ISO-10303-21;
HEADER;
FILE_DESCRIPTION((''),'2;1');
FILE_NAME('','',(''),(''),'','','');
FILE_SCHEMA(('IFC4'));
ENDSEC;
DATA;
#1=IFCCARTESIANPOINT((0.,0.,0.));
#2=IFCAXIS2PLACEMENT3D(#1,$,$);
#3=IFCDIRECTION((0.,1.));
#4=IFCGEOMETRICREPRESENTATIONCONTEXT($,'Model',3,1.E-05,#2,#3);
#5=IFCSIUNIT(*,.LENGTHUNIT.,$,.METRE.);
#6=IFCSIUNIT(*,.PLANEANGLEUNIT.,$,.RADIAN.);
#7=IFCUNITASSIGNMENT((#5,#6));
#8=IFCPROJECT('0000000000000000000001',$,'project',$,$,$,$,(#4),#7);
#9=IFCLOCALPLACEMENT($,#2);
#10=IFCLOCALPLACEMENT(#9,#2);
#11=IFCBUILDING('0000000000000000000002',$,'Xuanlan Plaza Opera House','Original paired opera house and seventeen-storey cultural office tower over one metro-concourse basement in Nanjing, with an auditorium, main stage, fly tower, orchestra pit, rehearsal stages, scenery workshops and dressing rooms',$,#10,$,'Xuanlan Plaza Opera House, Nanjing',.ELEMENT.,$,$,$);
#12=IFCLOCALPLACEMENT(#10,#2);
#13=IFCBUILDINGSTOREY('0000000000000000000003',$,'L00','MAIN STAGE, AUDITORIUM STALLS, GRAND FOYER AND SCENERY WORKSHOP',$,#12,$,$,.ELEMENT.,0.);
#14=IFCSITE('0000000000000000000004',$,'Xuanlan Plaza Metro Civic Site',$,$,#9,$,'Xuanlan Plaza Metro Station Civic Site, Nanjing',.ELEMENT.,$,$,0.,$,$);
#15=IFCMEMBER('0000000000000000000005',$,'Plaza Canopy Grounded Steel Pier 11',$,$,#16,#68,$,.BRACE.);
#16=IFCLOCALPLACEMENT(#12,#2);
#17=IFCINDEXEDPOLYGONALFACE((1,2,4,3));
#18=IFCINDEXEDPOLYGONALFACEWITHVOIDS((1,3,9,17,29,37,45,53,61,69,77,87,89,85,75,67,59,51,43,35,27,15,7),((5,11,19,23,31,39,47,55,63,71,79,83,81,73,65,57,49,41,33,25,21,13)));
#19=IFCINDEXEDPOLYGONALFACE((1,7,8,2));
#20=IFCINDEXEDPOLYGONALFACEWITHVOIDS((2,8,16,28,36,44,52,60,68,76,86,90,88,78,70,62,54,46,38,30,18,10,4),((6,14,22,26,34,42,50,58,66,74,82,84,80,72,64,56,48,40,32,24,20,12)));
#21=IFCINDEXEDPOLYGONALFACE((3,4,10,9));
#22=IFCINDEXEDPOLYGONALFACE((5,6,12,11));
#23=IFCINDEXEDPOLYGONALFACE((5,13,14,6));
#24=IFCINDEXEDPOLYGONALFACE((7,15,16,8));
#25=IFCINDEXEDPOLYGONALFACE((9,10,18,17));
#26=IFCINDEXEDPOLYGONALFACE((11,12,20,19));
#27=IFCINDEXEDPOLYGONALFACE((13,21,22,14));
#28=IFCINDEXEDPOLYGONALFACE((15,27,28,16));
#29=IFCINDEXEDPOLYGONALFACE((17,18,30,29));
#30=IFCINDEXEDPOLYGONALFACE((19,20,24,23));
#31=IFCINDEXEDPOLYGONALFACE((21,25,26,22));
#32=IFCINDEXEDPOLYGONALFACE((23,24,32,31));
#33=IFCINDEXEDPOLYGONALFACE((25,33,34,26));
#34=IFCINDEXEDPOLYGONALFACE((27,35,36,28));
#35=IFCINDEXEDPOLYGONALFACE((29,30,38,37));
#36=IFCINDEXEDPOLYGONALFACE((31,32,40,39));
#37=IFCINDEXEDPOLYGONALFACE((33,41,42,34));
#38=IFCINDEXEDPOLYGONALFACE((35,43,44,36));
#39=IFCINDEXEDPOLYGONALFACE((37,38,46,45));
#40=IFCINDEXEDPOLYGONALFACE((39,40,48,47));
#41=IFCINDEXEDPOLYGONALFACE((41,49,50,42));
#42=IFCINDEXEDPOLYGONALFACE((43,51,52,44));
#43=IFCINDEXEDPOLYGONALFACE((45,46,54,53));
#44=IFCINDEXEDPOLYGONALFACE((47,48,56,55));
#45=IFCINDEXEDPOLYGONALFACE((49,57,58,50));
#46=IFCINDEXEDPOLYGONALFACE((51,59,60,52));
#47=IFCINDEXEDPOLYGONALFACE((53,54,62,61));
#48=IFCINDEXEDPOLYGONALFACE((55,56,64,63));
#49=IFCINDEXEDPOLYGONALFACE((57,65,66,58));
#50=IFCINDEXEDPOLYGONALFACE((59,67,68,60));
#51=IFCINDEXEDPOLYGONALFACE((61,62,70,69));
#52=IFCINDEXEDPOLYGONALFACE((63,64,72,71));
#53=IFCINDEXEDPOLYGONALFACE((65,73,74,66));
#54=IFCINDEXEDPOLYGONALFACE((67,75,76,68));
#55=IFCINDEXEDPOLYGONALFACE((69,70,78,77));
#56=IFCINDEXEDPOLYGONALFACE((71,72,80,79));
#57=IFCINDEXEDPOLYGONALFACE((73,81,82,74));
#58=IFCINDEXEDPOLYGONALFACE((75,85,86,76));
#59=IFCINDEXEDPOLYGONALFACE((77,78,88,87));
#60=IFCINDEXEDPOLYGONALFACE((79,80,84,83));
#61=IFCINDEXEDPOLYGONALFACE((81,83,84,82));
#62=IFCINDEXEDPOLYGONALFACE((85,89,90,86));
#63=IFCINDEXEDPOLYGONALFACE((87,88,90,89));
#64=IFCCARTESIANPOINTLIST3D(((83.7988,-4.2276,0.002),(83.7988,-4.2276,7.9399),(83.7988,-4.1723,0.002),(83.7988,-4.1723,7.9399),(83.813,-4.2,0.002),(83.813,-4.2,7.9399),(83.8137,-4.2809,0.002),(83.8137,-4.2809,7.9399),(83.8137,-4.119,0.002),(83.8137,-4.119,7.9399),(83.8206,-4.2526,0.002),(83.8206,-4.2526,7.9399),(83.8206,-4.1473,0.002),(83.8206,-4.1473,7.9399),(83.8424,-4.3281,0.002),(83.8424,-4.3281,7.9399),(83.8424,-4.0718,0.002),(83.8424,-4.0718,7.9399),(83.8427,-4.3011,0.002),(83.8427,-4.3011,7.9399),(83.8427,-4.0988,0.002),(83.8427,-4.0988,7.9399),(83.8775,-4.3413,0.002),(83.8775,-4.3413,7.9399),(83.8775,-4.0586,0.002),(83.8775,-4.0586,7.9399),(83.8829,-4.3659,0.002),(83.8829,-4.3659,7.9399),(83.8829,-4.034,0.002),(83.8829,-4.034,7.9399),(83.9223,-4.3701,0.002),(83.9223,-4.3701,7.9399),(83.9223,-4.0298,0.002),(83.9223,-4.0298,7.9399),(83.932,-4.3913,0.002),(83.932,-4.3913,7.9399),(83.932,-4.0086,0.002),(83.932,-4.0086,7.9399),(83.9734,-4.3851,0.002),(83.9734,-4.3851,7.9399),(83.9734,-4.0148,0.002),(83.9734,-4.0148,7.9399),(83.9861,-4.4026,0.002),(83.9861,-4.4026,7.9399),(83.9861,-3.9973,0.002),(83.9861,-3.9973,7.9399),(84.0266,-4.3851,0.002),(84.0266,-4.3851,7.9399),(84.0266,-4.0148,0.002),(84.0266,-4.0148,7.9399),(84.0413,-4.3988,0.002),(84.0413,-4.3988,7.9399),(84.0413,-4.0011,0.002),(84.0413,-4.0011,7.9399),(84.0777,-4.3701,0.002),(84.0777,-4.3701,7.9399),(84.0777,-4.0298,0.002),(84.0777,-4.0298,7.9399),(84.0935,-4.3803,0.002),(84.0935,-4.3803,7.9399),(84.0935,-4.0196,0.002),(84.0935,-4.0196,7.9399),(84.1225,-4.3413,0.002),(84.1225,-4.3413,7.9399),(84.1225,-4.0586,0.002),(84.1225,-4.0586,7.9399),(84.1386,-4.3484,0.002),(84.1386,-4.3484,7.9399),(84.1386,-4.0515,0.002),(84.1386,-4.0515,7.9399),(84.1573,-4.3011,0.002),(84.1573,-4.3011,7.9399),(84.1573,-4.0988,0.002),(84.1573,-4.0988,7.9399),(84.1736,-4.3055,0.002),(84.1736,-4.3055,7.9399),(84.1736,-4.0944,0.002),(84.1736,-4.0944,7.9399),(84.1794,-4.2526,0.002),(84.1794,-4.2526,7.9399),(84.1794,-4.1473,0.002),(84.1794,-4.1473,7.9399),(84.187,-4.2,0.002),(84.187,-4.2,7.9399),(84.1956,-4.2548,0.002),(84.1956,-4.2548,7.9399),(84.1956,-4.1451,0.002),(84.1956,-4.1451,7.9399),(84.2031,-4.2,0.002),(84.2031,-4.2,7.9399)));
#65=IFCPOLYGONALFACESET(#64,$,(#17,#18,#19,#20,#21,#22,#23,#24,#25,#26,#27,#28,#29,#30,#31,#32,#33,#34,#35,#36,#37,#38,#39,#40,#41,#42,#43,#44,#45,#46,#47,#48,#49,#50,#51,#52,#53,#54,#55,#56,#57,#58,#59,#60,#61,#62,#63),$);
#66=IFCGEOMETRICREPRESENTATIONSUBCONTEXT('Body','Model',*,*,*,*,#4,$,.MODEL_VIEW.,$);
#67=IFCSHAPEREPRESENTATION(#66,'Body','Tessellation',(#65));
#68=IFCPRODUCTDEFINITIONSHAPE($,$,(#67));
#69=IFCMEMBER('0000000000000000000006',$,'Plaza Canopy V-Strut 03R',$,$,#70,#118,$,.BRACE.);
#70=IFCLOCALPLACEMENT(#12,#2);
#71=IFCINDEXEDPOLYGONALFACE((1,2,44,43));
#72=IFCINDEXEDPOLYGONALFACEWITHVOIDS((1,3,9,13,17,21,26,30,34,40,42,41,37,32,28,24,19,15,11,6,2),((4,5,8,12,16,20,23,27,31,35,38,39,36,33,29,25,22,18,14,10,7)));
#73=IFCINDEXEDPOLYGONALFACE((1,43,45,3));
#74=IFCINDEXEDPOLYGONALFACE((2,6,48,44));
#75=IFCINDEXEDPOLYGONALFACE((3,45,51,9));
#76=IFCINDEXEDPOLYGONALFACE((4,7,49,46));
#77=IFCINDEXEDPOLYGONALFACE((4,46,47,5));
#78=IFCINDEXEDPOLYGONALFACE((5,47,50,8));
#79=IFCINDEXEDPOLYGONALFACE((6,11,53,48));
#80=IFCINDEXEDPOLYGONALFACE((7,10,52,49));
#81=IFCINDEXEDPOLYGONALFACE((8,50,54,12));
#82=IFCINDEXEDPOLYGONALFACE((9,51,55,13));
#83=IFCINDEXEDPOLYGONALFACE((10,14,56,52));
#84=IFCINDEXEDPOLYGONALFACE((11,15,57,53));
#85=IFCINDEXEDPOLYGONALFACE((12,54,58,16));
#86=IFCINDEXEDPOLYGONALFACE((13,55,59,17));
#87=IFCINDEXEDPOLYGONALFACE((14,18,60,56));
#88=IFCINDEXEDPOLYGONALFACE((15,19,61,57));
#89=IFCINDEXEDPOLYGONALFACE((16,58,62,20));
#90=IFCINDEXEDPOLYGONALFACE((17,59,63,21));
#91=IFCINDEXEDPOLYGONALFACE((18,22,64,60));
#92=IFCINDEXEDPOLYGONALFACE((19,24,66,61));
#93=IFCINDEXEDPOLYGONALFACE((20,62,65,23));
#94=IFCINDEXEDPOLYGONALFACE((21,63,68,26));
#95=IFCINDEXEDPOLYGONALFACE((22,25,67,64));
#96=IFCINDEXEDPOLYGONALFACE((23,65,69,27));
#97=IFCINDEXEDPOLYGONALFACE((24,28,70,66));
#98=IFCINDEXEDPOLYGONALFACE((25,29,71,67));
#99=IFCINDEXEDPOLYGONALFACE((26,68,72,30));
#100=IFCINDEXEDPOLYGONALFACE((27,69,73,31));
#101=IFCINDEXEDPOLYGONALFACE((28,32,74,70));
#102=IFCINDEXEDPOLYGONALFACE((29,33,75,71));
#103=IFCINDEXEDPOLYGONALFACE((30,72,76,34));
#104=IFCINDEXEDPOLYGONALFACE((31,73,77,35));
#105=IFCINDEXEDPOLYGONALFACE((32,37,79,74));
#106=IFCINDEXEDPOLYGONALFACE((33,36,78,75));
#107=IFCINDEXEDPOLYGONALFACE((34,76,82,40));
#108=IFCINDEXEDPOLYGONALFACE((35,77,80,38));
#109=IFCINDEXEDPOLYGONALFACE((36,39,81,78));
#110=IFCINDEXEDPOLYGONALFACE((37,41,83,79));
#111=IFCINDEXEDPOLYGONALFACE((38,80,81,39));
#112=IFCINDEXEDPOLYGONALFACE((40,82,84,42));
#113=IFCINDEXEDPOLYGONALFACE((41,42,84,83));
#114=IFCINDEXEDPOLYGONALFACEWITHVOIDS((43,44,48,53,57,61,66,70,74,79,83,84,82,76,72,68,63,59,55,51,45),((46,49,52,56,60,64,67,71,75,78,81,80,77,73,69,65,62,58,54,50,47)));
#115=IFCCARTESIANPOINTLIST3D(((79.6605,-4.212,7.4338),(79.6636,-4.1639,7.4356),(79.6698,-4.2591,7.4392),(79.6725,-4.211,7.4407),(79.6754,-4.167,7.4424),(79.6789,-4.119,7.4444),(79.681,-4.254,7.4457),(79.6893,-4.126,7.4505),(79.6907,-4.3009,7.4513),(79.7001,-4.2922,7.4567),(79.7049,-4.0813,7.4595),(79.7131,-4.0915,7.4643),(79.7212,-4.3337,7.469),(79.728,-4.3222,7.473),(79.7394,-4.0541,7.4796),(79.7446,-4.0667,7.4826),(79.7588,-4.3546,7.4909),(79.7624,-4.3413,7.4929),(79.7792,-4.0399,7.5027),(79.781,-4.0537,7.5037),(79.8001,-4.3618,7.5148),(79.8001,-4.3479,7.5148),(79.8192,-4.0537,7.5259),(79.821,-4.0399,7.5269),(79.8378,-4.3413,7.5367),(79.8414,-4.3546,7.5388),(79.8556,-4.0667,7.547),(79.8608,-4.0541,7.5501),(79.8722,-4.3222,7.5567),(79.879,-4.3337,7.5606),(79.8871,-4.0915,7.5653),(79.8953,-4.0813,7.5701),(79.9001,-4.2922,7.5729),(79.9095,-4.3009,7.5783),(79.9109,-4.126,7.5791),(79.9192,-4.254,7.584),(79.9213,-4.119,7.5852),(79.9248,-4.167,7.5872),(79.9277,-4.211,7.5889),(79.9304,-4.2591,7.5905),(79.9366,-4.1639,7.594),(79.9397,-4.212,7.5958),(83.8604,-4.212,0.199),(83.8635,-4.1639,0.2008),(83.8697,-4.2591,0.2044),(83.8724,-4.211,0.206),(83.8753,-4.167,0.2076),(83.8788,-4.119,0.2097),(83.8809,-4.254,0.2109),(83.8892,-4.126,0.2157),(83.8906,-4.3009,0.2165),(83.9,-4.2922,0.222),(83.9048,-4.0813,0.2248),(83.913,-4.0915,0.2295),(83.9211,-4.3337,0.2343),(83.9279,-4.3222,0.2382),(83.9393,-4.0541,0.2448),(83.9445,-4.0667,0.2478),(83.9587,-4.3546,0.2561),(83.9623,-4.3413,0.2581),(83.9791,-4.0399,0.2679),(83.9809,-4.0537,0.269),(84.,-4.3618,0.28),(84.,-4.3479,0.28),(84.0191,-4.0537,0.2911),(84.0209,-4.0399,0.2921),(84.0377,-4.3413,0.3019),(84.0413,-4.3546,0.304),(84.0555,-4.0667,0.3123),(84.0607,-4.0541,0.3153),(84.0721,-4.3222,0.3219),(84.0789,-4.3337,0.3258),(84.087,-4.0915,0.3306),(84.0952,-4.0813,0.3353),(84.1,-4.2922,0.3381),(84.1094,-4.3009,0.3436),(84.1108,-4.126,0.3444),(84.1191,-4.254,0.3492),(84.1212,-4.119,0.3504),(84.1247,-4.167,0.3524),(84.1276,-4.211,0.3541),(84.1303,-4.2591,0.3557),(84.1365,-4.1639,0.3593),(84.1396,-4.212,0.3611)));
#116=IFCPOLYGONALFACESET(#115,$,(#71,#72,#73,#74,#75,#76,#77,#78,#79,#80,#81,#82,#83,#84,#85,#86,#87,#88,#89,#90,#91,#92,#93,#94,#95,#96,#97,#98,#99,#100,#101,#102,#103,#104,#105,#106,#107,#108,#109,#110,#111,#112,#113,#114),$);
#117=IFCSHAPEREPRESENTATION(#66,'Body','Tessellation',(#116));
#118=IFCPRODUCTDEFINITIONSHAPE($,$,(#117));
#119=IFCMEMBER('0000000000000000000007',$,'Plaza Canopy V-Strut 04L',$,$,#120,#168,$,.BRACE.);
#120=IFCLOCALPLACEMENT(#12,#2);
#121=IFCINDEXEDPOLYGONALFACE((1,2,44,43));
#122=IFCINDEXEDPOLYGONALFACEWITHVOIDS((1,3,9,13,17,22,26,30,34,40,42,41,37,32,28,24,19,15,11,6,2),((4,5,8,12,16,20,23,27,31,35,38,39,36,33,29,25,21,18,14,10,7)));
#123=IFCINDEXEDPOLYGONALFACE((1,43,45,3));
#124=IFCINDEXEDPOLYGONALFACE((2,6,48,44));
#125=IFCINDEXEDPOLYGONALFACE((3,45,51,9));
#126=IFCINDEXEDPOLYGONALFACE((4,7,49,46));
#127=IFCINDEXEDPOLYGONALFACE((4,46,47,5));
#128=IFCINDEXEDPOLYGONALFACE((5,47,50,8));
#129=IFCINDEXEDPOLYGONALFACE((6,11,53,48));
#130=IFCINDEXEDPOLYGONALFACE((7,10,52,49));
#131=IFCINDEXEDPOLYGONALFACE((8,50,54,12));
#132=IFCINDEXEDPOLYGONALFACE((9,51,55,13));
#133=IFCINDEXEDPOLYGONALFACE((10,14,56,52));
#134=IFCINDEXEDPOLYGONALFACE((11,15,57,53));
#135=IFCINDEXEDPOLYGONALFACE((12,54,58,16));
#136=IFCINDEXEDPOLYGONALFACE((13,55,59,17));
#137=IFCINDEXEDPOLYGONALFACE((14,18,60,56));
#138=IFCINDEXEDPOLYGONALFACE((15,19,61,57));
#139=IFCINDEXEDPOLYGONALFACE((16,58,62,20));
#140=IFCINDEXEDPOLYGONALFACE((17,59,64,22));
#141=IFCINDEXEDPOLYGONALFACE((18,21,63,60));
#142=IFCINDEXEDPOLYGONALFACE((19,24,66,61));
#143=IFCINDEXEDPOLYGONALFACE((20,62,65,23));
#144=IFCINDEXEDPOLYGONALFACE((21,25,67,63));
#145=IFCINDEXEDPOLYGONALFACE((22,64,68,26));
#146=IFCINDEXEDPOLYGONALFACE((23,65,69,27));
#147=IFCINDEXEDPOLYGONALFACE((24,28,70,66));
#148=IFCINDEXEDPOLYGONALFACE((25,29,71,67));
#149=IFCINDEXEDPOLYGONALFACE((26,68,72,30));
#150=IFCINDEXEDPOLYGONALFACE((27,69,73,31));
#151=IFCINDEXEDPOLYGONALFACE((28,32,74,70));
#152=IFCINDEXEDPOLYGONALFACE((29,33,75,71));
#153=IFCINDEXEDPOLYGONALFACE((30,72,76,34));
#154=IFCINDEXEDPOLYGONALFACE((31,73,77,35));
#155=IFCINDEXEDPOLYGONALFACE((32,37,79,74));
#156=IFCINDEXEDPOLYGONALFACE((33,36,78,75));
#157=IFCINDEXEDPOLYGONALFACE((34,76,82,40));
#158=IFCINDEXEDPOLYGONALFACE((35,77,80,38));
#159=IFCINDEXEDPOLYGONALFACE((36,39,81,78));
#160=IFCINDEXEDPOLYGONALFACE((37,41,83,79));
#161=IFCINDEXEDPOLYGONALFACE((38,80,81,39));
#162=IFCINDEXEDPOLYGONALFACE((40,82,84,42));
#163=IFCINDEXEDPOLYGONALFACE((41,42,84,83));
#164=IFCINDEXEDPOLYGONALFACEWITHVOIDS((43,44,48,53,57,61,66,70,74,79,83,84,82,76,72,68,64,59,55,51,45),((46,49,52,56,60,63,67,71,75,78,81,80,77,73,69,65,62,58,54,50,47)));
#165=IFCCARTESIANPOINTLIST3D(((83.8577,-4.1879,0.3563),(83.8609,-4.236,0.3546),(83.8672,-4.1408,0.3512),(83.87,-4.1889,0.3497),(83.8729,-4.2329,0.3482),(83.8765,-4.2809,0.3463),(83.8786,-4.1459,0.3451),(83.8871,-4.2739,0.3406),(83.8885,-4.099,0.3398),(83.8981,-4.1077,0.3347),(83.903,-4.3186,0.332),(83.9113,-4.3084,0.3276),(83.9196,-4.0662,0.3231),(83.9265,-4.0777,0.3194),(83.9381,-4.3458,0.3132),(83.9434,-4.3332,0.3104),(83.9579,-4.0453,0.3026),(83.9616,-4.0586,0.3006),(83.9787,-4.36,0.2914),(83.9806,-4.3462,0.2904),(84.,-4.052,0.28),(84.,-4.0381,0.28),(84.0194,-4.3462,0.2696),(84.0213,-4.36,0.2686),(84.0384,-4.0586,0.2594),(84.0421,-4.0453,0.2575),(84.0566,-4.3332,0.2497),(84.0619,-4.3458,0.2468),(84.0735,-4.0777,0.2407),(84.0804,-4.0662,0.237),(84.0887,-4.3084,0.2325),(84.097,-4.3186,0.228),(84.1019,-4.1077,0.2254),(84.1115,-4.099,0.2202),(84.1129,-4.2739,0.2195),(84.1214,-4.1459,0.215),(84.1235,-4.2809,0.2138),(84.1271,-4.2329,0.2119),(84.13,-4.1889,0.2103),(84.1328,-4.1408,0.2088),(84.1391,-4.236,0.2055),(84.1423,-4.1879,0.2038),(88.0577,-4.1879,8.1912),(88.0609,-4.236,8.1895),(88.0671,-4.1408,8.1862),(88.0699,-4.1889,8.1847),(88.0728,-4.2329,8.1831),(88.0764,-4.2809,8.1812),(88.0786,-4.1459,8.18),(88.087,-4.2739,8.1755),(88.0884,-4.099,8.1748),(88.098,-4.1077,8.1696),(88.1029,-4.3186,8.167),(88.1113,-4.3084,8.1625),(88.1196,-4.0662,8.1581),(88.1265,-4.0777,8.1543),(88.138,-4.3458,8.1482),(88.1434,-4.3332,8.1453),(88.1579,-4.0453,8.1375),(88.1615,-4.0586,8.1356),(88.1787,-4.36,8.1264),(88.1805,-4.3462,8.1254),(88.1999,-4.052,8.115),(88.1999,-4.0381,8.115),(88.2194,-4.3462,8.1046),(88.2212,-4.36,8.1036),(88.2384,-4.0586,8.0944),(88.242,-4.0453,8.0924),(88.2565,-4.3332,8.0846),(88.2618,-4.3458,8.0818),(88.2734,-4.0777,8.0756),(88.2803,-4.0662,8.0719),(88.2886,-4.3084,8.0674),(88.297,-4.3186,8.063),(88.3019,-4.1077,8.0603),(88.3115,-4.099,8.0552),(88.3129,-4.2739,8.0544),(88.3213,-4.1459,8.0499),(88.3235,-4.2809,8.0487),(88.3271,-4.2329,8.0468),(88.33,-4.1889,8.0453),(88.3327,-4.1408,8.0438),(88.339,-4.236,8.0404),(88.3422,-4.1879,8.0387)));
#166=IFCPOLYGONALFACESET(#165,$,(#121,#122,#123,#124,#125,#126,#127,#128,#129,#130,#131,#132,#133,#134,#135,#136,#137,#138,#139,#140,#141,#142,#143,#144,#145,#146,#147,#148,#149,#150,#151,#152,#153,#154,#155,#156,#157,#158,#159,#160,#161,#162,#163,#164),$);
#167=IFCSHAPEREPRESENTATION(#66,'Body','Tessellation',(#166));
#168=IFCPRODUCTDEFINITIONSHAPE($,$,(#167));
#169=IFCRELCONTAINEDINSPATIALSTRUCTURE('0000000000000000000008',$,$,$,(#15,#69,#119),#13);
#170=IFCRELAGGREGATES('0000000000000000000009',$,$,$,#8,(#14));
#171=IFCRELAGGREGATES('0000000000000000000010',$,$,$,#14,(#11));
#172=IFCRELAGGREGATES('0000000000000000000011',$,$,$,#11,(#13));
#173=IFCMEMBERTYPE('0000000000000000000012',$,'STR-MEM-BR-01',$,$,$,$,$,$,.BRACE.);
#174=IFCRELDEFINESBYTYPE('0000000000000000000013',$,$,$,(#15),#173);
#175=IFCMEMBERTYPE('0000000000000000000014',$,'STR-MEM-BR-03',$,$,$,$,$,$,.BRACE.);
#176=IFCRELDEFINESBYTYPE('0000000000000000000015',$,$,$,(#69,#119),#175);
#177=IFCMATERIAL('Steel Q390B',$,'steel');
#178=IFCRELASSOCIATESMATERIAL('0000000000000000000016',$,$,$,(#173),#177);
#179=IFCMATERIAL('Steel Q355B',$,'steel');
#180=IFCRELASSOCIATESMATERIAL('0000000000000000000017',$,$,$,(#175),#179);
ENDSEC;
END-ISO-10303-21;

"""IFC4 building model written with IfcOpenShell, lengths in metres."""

from ifc_helpers import new_model, si_unit, direction, frame, origin, origin_2d, place, context, subcontext, project, spatial, hollow_circle, extrude, material, material_profile, profile_set, type_object, element, save


model = new_model("IFC4")

# Units and contexts
model_context = context("Model", 3, precision=1e-05, world=origin(), true_north=direction((0.0, 1.0)))
body_context = subcontext(model_context, "Body", "Model", "MODEL_VIEW")
ifc_project = project(units=[si_unit("LENGTHUNIT", "METRE"), si_unit("PLANEANGLEUNIT", "RADIAN")], contexts=[model_context])

# Site, building, storey
site_placement = place(None, origin())
site = spatial("IfcSite", under=ifc_project, at=site_placement, Name="Xuanlan Plaza Metro Civic Site", LongName="Xuanlan Plaza Metro Station Civic Site, Nanjing", CompositionType="ELEMENT", RefElevation=0.0)
building_placement = place(site_placement, origin())
building = spatial("IfcBuilding", under=site, at=building_placement, Name="Xuanlan Plaza Opera House", Description="Original paired opera house and seventeen-storey cultural office tower over one metro-concourse basement in Nanjing, with an auditorium, main stage, fly tower, orchestra pit, rehearsal stages, scenery workshops and dressing rooms", LongName="Xuanlan Plaza Opera House, Nanjing", CompositionType="ELEMENT")
storey_placement = place(building_placement, origin())
storey = spatial("IfcBuildingStorey", under=building, at=storey_placement, Name="L00", Description="MAIN STAGE, AUDITORIUM STALLS, GRAND FOYER AND SCENERY WORKSHOP", CompositionType="ELEMENT", Elevation=0.0)

# Members
ifc_material_1 = material(Name="Steel Q390B", Category="steel")
ifc_material_profile_1 = material_profile(ifc_material_1, hollow_circle(Radius=0.2031, WallThickness=0.0161, at=origin_2d()), Name="CHS 406.4x16")
ifc_profile_set_1 = profile_set([ifc_material_profile_1], Name="Steel Q390B")
member_type_1 = type_object("IfcMemberType", Name="STR-MEM-BR-01", PredefinedType="BRACE", material=ifc_profile_set_1)
member_1_placement = place(storey_placement, frame((84.0, -4.2, 0.002), z_axis=(0.0, 0.0, 1.0), x_axis=(1.0, 0.0, 0.0)))
element("IfcMember", 1, at=member_1_placement, inside=storey, type_object=member_type_1, Name="Plaza Canopy Grounded Steel Pier 11", PredefinedType="BRACE", context=body_context, shape_type="SweptSolid", body=[
    extrude(hollow_circle(Radius=0.2031, WallThickness=0.0161, at=origin_2d()), origin(), (0.0, 0.0, 1.0), 7.938),
])
ifc_material_2 = material(Name="Steel Q355B", Category="steel")
ifc_material_profile_2 = material_profile(ifc_material_2, hollow_circle(Radius=0.1619, WallThickness=0.0139, at=origin_2d()), Name="CHS 323.9x14")
ifc_profile_set_2 = profile_set([ifc_material_profile_2], Name="Steel Q355B")
member_type_2 = type_object("IfcMemberType", Name="STR-MEM-BR-03", PredefinedType="BRACE", material=ifc_profile_set_2)
member_2_placement = place(storey_placement, frame((84.0, -4.2, 0.28), z_axis=(-0.502052, 0.0, 0.864838), x_axis=(0.0, -1.0, 0.0)))
element("IfcMember", 2, at=member_2_placement, inside=storey, type_object=member_type_2, Name="Plaza Canopy V-Strut 03R", PredefinedType="BRACE", context=body_context, shape_type="SweptSolid", body=[
    extrude(hollow_circle(Radius=0.1619, WallThickness=0.0139, at=origin_2d()), origin(), (0.0, 0.0, 1.0), 8.3655),
])
member_3_placement = place(storey_placement, frame((84.0, -4.2, 0.28), z_axis=(0.472453, 0.0, 0.881356), x_axis=(0.0, 1.0, 0.0)))
element("IfcMember", 3, at=member_3_placement, inside=storey, type_object=member_type_2, Name="Plaza Canopy V-Strut 04L", PredefinedType="BRACE", context=body_context, shape_type="SweptSolid", body=[
    extrude(hollow_circle(Radius=0.1619, WallThickness=0.0139, at=origin_2d()), origin(), (0.0, 0.0, 1.0), 8.8896),
])

save(model, "model.ifc")
